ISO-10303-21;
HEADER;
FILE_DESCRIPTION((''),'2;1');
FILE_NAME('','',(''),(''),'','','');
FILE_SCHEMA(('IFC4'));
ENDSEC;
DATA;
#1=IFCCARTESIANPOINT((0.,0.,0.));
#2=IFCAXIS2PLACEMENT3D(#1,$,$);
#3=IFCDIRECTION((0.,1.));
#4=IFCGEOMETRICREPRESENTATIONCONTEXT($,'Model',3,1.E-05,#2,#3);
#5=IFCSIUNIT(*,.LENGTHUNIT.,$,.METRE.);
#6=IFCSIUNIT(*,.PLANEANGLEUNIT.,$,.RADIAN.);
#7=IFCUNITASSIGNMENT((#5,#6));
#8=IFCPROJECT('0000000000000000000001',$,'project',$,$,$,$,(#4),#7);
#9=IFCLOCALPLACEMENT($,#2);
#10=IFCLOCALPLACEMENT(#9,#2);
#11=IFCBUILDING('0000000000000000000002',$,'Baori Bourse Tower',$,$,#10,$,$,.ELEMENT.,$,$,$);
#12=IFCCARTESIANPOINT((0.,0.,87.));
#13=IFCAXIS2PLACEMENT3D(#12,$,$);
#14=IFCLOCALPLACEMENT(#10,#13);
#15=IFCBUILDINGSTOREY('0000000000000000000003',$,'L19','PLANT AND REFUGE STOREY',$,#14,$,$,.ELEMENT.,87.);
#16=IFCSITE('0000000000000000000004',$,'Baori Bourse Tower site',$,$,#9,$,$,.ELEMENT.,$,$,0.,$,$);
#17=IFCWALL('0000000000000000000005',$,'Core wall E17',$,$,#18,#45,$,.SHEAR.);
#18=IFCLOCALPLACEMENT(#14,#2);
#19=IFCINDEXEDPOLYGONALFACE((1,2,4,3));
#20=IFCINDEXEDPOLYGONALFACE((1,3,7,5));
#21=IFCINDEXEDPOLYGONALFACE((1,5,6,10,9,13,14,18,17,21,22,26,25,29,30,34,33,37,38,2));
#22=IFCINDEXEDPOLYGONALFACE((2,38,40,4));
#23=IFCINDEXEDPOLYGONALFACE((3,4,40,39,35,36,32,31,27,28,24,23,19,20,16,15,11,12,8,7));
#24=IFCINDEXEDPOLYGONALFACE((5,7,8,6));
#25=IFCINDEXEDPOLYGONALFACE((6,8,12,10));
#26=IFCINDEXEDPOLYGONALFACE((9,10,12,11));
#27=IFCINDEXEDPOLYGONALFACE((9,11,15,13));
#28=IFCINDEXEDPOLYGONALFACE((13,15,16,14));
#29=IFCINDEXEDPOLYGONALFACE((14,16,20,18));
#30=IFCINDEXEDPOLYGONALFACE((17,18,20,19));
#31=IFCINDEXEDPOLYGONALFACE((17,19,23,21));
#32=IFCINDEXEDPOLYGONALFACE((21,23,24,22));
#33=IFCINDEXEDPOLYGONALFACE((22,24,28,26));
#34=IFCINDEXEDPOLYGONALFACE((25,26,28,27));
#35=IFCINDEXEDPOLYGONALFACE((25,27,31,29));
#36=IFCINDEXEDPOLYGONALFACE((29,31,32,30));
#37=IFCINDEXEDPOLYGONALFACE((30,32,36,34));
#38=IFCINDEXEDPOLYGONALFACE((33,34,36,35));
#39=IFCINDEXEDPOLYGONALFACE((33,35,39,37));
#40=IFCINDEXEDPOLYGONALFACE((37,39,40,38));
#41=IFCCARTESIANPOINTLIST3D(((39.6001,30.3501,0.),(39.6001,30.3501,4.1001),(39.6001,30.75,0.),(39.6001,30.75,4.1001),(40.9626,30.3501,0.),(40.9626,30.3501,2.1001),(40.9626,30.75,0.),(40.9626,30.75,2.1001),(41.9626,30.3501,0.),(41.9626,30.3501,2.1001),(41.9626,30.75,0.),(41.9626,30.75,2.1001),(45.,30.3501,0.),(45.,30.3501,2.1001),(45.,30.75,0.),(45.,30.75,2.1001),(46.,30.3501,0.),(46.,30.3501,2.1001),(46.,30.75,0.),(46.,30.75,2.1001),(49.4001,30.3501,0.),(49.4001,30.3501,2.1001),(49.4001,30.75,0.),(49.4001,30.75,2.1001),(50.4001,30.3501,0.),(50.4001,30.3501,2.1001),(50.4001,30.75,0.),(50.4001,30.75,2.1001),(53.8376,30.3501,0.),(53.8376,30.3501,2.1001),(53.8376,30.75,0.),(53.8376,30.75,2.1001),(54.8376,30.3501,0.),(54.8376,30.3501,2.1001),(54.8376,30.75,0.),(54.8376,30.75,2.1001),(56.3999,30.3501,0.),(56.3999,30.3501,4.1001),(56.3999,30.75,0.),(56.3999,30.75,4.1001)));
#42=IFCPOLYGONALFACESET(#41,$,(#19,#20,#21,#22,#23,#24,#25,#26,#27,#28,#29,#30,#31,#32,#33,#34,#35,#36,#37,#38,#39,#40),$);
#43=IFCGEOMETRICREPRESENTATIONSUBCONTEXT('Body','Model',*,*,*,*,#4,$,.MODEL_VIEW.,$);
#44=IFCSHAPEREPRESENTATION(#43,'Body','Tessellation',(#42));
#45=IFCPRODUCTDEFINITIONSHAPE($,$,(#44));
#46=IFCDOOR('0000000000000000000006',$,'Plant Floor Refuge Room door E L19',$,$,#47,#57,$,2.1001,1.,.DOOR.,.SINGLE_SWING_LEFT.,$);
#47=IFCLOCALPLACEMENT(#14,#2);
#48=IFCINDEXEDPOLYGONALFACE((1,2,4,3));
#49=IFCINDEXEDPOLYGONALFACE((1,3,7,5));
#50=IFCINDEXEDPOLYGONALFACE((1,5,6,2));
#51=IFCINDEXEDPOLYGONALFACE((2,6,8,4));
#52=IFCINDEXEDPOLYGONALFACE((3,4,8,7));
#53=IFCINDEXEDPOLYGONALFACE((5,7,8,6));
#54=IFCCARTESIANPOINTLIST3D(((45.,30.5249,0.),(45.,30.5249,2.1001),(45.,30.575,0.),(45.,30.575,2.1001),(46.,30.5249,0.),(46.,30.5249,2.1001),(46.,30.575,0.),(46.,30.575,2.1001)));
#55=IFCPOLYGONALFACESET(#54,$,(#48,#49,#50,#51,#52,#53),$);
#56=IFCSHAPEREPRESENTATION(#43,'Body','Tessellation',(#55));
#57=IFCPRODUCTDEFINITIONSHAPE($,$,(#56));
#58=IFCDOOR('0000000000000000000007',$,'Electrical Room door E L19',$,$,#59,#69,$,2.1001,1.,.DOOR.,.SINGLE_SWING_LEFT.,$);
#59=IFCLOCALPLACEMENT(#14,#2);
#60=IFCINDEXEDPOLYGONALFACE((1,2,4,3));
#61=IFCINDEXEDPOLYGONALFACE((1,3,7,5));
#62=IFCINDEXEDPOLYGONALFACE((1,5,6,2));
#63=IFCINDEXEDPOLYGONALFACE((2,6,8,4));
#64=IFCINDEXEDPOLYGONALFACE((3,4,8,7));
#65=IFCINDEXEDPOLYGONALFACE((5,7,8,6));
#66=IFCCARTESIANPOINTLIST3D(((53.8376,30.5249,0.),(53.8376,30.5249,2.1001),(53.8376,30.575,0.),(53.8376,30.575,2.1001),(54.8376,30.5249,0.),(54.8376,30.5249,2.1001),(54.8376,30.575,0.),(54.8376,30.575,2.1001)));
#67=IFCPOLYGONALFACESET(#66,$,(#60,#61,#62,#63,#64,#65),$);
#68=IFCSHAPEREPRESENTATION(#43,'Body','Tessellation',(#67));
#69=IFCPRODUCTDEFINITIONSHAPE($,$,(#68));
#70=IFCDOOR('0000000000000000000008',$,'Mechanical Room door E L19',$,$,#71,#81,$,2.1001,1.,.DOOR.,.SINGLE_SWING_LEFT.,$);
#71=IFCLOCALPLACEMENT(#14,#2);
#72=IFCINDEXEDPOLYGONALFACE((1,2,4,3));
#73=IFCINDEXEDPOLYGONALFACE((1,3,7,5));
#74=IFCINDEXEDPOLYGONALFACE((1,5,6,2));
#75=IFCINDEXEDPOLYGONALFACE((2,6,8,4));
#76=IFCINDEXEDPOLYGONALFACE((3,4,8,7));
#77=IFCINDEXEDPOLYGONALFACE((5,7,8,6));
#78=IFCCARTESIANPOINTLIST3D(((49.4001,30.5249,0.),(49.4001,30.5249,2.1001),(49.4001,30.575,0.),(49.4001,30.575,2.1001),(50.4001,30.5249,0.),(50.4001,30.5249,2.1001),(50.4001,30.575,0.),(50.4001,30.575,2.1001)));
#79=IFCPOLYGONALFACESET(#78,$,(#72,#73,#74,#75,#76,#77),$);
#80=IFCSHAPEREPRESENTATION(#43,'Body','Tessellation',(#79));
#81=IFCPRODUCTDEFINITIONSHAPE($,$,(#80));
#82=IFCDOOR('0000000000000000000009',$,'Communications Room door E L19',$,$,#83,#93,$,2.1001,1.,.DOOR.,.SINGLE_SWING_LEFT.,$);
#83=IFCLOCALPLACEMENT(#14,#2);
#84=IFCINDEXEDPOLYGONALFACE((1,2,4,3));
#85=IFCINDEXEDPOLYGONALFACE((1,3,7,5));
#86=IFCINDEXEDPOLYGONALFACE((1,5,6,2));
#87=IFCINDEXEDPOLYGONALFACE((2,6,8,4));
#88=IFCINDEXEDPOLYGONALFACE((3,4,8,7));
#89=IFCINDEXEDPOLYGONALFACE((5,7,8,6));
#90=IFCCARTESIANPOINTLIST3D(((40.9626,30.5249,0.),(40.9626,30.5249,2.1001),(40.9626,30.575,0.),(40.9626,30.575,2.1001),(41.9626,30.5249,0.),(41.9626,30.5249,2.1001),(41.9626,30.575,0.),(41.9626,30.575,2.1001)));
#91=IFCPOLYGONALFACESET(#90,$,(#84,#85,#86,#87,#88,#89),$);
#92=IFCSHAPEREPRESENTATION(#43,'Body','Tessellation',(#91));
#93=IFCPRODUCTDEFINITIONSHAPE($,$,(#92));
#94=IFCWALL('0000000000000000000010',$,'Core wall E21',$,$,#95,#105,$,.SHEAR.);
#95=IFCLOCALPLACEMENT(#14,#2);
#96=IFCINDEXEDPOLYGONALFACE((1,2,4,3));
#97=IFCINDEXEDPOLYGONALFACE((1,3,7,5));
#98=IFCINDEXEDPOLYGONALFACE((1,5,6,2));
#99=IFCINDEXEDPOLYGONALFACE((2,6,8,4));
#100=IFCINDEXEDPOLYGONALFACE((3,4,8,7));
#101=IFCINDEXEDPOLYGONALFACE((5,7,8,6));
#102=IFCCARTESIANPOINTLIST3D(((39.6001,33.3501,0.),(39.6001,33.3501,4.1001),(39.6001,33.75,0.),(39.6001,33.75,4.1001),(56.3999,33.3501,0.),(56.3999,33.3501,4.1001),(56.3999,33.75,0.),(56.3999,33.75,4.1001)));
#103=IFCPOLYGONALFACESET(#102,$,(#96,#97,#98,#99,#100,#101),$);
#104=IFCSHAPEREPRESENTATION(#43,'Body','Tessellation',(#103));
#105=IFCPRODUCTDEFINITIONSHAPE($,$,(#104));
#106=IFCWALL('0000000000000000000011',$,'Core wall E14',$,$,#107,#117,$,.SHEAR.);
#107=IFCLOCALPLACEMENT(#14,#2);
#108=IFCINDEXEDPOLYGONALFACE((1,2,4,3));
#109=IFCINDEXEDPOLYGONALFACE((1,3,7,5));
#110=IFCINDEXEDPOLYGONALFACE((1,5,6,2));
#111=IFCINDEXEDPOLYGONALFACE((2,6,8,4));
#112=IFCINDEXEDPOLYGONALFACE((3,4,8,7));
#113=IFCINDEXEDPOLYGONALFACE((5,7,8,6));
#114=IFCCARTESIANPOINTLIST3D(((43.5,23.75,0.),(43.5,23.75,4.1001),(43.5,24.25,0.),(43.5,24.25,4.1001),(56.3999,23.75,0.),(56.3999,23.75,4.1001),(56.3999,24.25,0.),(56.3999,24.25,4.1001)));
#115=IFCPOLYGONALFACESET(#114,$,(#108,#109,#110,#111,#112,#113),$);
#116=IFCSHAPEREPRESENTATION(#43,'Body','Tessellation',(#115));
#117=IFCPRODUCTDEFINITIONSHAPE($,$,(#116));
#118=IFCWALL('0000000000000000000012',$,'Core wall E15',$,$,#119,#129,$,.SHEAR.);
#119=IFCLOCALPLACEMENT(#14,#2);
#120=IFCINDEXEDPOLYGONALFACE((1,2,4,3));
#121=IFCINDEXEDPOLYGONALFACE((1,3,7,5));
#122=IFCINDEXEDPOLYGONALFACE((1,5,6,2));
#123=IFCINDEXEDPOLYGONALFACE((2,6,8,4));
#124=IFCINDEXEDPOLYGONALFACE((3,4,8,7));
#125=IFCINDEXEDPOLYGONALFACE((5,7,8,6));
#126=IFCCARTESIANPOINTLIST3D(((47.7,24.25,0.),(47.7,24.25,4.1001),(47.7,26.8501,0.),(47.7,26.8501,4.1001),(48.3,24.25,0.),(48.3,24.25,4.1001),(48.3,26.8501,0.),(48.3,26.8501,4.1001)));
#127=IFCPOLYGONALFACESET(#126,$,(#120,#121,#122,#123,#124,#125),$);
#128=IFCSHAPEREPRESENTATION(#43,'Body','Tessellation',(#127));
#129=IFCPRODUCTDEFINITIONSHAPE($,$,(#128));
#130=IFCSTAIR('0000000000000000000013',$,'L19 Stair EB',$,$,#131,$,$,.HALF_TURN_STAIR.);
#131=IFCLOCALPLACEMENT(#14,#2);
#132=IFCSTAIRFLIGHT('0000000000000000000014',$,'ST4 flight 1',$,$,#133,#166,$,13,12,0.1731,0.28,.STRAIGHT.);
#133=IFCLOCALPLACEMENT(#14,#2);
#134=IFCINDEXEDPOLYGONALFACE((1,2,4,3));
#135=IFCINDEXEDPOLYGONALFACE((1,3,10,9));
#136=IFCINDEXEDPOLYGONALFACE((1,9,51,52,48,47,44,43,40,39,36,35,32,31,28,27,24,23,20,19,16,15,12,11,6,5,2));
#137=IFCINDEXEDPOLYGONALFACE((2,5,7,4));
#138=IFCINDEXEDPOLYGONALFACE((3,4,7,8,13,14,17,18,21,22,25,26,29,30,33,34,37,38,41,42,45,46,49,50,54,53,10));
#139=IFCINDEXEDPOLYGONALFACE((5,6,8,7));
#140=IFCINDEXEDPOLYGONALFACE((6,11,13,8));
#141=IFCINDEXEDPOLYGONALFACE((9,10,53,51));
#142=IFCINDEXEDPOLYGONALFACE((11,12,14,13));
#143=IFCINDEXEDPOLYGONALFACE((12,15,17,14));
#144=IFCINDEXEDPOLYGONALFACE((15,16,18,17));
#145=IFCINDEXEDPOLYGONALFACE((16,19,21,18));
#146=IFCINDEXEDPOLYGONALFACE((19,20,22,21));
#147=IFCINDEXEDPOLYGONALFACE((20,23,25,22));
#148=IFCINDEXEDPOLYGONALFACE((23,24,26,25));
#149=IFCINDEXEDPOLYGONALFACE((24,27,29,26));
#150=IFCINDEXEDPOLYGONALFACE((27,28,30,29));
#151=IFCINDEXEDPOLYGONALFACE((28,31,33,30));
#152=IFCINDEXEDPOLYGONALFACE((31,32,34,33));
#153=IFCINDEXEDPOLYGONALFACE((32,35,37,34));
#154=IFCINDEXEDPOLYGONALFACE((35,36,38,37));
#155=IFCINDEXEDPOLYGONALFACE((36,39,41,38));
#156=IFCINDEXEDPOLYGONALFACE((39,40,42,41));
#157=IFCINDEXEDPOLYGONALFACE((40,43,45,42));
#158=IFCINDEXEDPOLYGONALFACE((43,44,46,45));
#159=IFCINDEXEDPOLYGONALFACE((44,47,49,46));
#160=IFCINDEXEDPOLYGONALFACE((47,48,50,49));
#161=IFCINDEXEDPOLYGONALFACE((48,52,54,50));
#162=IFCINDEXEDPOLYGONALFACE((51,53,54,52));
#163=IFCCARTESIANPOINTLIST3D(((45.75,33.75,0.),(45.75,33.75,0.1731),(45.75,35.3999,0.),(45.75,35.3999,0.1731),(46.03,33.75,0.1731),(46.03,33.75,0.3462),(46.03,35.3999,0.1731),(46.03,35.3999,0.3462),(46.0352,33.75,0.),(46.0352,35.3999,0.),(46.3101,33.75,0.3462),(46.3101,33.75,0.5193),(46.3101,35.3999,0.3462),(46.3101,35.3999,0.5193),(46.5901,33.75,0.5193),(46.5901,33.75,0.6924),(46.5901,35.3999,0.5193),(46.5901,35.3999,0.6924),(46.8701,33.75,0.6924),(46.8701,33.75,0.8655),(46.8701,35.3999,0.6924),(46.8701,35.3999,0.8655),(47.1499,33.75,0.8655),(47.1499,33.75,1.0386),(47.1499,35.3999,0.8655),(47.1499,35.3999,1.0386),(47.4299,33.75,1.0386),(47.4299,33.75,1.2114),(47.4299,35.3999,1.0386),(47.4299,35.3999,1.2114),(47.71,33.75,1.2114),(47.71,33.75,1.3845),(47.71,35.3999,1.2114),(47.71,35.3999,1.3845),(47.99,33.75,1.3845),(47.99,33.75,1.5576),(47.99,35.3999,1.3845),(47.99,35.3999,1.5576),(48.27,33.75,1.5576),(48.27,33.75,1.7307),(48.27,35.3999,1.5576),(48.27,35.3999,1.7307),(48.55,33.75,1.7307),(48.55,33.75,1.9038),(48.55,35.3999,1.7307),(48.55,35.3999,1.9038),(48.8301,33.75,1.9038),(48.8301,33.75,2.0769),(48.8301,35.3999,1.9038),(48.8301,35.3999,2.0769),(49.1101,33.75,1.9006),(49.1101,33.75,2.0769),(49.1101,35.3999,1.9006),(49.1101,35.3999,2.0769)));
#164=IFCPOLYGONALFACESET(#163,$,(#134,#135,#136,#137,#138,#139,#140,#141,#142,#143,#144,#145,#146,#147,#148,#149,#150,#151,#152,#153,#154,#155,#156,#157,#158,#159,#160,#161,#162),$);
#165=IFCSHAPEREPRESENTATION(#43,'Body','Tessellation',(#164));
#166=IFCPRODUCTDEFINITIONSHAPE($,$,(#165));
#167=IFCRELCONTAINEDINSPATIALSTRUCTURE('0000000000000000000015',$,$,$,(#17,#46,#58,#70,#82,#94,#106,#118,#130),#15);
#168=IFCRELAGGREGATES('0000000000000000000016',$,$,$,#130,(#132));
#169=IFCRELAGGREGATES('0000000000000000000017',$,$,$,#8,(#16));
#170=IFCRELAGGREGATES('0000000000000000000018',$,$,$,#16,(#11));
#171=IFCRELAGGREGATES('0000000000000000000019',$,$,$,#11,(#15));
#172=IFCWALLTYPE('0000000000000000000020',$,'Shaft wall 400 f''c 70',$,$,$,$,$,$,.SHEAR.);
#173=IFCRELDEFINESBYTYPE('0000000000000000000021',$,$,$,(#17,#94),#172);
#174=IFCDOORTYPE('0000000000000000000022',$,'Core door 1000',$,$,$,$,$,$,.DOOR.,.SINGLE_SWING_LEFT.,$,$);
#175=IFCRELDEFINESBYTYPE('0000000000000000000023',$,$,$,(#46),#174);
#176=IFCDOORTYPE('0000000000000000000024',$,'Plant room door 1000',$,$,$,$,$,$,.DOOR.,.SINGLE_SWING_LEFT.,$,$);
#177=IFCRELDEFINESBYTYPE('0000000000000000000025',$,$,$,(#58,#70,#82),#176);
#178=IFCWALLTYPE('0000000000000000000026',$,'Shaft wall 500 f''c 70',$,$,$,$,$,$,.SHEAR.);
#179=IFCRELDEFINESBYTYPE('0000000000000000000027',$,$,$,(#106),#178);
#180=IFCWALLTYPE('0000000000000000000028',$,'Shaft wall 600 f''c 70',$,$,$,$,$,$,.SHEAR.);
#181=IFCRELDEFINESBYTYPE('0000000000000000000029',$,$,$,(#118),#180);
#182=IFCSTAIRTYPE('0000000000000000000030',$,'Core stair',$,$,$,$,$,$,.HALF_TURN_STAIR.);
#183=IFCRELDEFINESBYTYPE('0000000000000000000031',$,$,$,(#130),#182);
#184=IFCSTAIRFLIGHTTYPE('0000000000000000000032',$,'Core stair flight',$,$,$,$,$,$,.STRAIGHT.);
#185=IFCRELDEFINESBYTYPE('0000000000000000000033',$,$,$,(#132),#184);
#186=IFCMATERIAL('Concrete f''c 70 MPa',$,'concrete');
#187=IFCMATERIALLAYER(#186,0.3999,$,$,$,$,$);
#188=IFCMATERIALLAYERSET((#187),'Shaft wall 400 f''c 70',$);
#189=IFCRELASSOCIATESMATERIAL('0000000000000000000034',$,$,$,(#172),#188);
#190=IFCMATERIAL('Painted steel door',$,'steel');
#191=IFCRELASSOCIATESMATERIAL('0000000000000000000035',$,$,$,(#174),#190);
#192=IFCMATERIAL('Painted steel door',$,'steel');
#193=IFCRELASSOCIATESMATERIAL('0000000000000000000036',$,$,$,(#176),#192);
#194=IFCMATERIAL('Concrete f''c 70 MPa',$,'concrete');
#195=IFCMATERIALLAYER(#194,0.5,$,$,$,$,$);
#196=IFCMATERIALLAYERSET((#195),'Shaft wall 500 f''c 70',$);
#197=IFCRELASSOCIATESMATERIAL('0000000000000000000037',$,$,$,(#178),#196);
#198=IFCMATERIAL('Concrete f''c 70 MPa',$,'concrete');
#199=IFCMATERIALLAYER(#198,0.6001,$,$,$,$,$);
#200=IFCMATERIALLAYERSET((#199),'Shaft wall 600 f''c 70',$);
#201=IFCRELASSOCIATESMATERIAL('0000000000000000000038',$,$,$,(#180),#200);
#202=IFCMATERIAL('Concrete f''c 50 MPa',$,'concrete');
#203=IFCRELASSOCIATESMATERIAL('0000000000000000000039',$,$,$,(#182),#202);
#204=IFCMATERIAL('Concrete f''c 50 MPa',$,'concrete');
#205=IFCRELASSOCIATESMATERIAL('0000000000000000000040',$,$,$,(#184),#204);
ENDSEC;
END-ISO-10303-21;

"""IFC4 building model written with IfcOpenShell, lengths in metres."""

from ifc_helpers import new_model, si_unit, direction, frame, frame_2d, origin, place, context, subcontext, project, spatial, polyline, rectangle, outline, extrude, material, layer, layer_set, type_object, element, fill, aggregate, save


model = new_model("IFC4")

# Units and contexts
model_context = context("Model", 3, precision=1e-05, world=origin(), true_north=direction((0.0, 1.0)))
body_context = subcontext(model_context, "Body", "Model", "MODEL_VIEW")
ifc_project = project(units=[si_unit("LENGTHUNIT", "METRE"), si_unit("PLANEANGLEUNIT", "RADIAN")], contexts=[model_context])

# Site, building, storey
site_placement = place(None, origin())
site = spatial("IfcSite", under=ifc_project, at=site_placement, Name="Baori Bourse Tower site", CompositionType="ELEMENT", RefElevation=0.0)
building_placement = place(site_placement, origin())
building = spatial("IfcBuilding", under=site, at=building_placement, Name="Baori Bourse Tower", CompositionType="ELEMENT")
storey_placement = place(building_placement, frame((0.0, 0.0, 87.0)))
storey = spatial("IfcBuildingStorey", under=building, at=storey_placement, Name="L19", Description="PLANT AND REFUGE STOREY", CompositionType="ELEMENT", Elevation=87.0)

# Shared definitions
ifc_material_1 = material(Name="Concrete f'c 70 MPa", Category="concrete")
ifc_layer_1 = layer(ifc_material_1, 0.3999)
ifc_layer_set_1 = layer_set([ifc_layer_1], Name="Shaft wall 400 f'c 70")
wall_type_1 = type_object("IfcWallType", Name="Shaft wall 400 f'c 70", PredefinedType="SHEAR", material=ifc_layer_set_1)

# Wall, openings, doors
wall_1_placement = place(storey_placement, frame((39.6001, 30.55, 0.0), z_axis=(0.0, 0.0, 1.0), x_axis=(1.0, 0.0, 0.0)))
wall_1 = element("IfcWall", 1, at=wall_1_placement, inside=storey, type_object=wall_type_1, Name="Core wall E17", PredefinedType="SHEAR", context=body_context, shape_type="SweptSolid", body=[
    extrude(rectangle(XDim=16.7998, YDim=0.3999, at=frame_2d((8.3999, 0.0))), origin(), (0.0, 0.0, 1.0), 4.1001),
])
opening_1_placement = place(wall_1_placement, frame((14.2375, 0.0, 0.0)))
opening_1 = element("IfcOpeningElement", 2, at=opening_1_placement, cuts=wall_1, PredefinedType="OPENING", context=body_context, shape_type="SweptSolid", body=[
    extrude(rectangle(XDim=1.0, YDim=2.1001, at=frame_2d((0.5, 1.05))), frame((0.0, 0.21, 0.0), z_axis=(0.0, -1.0, 0.0), x_axis=(1.0, 0.0, 0.0)), (0.0, 0.0, 1.0), 0.4199),
])
opening_2_placement = place(wall_1_placement, frame((9.8, 0.0, 0.0)))
opening_2 = element("IfcOpeningElement", 3, at=opening_2_placement, cuts=wall_1, PredefinedType="OPENING", context=body_context, shape_type="SweptSolid", body=[
    extrude(rectangle(XDim=1.0, YDim=2.1001, at=frame_2d((0.5, 1.05))), frame((0.0, 0.21, 0.0), z_axis=(0.0, -1.0, 0.0), x_axis=(1.0, 0.0, 0.0)), (0.0, 0.0, 1.0), 0.4199),
])
opening_3_placement = place(wall_1_placement, frame((5.3999, 0.0, 0.0)))
opening_3 = element("IfcOpeningElement", 4, at=opening_3_placement, cuts=wall_1, PredefinedType="OPENING", context=body_context, shape_type="SweptSolid", body=[
    extrude(rectangle(XDim=1.0, YDim=2.1001, at=frame_2d((0.5, 1.05))), frame((0.0, 0.21, 0.0), z_axis=(0.0, -1.0, 0.0), x_axis=(1.0, 0.0, 0.0)), (0.0, 0.0, 1.0), 0.4199),
])
opening_4_placement = place(wall_1_placement, frame((1.3625, 0.0, 0.0)))
opening_4 = element("IfcOpeningElement", 5, at=opening_4_placement, cuts=wall_1, PredefinedType="OPENING", context=body_context, shape_type="SweptSolid", body=[
    extrude(rectangle(XDim=1.0, YDim=2.1001, at=frame_2d((0.5, 1.05))), frame((0.0, 0.21, 0.0), z_axis=(0.0, -1.0, 0.0), x_axis=(1.0, 0.0, 0.0)), (0.0, 0.0, 1.0), 0.4199),
])
ifc_material_2 = material(Name="Painted steel door", Category="steel")
door_type_1 = type_object("IfcDoorType", Name="Core door 1000", OperationType="SINGLE_SWING_LEFT", PredefinedType="DOOR", material=ifc_material_2)
door_1_placement = place(opening_3_placement, origin())
door_1 = element("IfcDoor", 6, at=door_1_placement, inside=storey, type_object=door_type_1, Name="Plant Floor Refuge Room door E L19", OperationType="SINGLE_SWING_LEFT", OverallHeight=2.1001, OverallWidth=1.0, PredefinedType="DOOR", context=body_context, shape_type="SweptSolid", body=[
    extrude(rectangle(XDim=1.0, YDim=2.1001, at=frame_2d((0.5, 1.05))), frame((0.0, 0.0249, 0.0), z_axis=(0.0, -1.0, 0.0), x_axis=(1.0, 0.0, 0.0)), (0.0, 0.0, 1.0), 0.05),
])
fill(opening_3, door_1)
ifc_material_3 = material(Name="Painted steel door", Category="steel")
door_type_2 = type_object("IfcDoorType", Name="Plant room door 1000", OperationType="SINGLE_SWING_LEFT", PredefinedType="DOOR", material=ifc_material_3)
door_2_placement = place(opening_1_placement, origin())
door_2 = element("IfcDoor", 7, at=door_2_placement, inside=storey, type_object=door_type_2, Name="Electrical Room door E L19", OperationType="SINGLE_SWING_LEFT", OverallHeight=2.1001, OverallWidth=1.0, PredefinedType="DOOR", context=body_context, shape_type="SweptSolid", body=[
    extrude(rectangle(XDim=1.0, YDim=2.1001, at=frame_2d((0.5, 1.05))), frame((0.0, 0.0249, 0.0), z_axis=(0.0, -1.0, 0.0), x_axis=(1.0, 0.0, 0.0)), (0.0, 0.0, 1.0), 0.05),
])
fill(opening_1, door_2)
door_3_placement = place(opening_2_placement, origin())
door_3 = element("IfcDoor", 8, at=door_3_placement, inside=storey, type_object=door_type_2, Name="Mechanical Room door E L19", OperationType="SINGLE_SWING_LEFT", OverallHeight=2.1001, OverallWidth=1.0, PredefinedType="DOOR", context=body_context, shape_type="SweptSolid", body=[
    extrude(rectangle(XDim=1.0, YDim=2.1001, at=frame_2d((0.5, 1.05))), frame((0.0, 0.0249, 0.0), z_axis=(0.0, -1.0, 0.0), x_axis=(1.0, 0.0, 0.0)), (0.0, 0.0, 1.0), 0.05),
])
fill(opening_2, door_3)
door_4_placement = place(opening_4_placement, origin())
door_4 = element("IfcDoor", 9, at=door_4_placement, inside=storey, type_object=door_type_2, Name="Communications Room door E L19", OperationType="SINGLE_SWING_LEFT", OverallHeight=2.1001, OverallWidth=1.0, PredefinedType="DOOR", context=body_context, shape_type="SweptSolid", body=[
    extrude(rectangle(XDim=1.0, YDim=2.1001, at=frame_2d((0.5, 1.05))), frame((0.0, 0.0249, 0.0), z_axis=(0.0, -1.0, 0.0), x_axis=(1.0, 0.0, 0.0)), (0.0, 0.0, 1.0), 0.05),
])
fill(opening_4, door_4)

# Walls
wall_2_placement = place(storey_placement, frame((39.6001, 33.55, 0.0), z_axis=(0.0, 0.0, 1.0), x_axis=(1.0, 0.0, 0.0)))
element("IfcWall", 10, at=wall_2_placement, inside=storey, type_object=wall_type_1, Name="Core wall E21", PredefinedType="SHEAR", context=body_context, shape_type="SweptSolid", body=[
    extrude(rectangle(XDim=16.7998, YDim=0.3999, at=frame_2d((8.3999, 0.0))), origin(), (0.0, 0.0, 1.0), 4.1001),
])
ifc_material_4 = material(Name="Concrete f'c 70 MPa", Category="concrete")
ifc_layer_2 = layer(ifc_material_4, 0.5)
ifc_layer_set_2 = layer_set([ifc_layer_2], Name="Shaft wall 500 f'c 70")
wall_type_2 = type_object("IfcWallType", Name="Shaft wall 500 f'c 70", PredefinedType="SHEAR", material=ifc_layer_set_2)
wall_3_placement = place(storey_placement, frame((43.5, 24.0, 0.0), z_axis=(0.0, 0.0, 1.0), x_axis=(1.0, 0.0, 0.0)))
element("IfcWall", 11, at=wall_3_placement, inside=storey, type_object=wall_type_2, Name="Core wall E14", PredefinedType="SHEAR", context=body_context, shape_type="SweptSolid", body=[
    extrude(rectangle(XDim=12.8999, YDim=0.5, at=frame_2d((6.45, 0.0))), origin(), (0.0, 0.0, 1.0), 4.1001),
])
ifc_material_5 = material(Name="Concrete f'c 70 MPa", Category="concrete")
ifc_layer_3 = layer(ifc_material_5, 0.6001)
ifc_layer_set_3 = layer_set([ifc_layer_3], Name="Shaft wall 600 f'c 70")
wall_type_3 = type_object("IfcWallType", Name="Shaft wall 600 f'c 70", PredefinedType="SHEAR", material=ifc_layer_set_3)
wall_4_placement = place(storey_placement, frame((48.0, 24.25, 0.0), z_axis=(0.0, 0.0, 1.0), x_axis=(0.0, 1.0, 0.0)))
element("IfcWall", 12, at=wall_4_placement, inside=storey, type_object=wall_type_3, Name="Core wall E15", PredefinedType="SHEAR", context=body_context, shape_type="SweptSolid", body=[
    extrude(rectangle(XDim=2.6001, YDim=0.6001, at=frame_2d((1.3, 0.0))), origin(), (0.0, 0.0, 1.0), 4.1001),
])

# Stair, stair flight
ifc_material_6 = material(Name="Concrete f'c 50 MPa", Category="concrete")
stair_type = type_object("IfcStairType", Name="Core stair", PredefinedType="HALF_TURN_STAIR", material=ifc_material_6)
stair_placement = place(storey_placement, origin())
stair = element("IfcStair", 13, at=stair_placement, inside=storey, type_object=stair_type, Name="L19 Stair EB", PredefinedType="HALF_TURN_STAIR")
ifc_material_7 = material(Name="Concrete f'c 50 MPa", Category="concrete")
stair_flight_type = type_object("IfcStairFlightType", Name="Core stair flight", PredefinedType="STRAIGHT", material=ifc_material_7)
stair_flight_1_placement = place(storey_placement, frame((45.75, 34.575, 0.0), z_axis=(0.0, 0.0, 1.0), x_axis=(1.0, 0.0, 0.0)))
stair_flight_1 = element("IfcStairFlight", 14, at=stair_flight_1_placement, type_object=stair_flight_type, Name="ST4 flight 1", NumberOfRisers=13, NumberOfTreads=12, PredefinedType="STRAIGHT", RiserHeight=0.1731, TreadLength=0.28, context=body_context, shape_type="SweptSolid", body=[
    extrude(outline(polyline([(0.0, 0.0), (0.0, 0.1731), (0.28, 0.1731), (0.28, 0.3462), (0.5601, 0.3462), (0.5601, 0.5193), (0.8401, 0.5193), (0.8401, 0.6924), (1.1201, 0.6924), (1.1201, 0.8655), (1.3999, 0.8655), (1.3999, 1.0386), (1.6799, 1.0386), (1.6799, 1.2114), (1.96, 1.2114), (1.96, 1.3845), (2.24, 1.3845), (2.24, 1.5576), (2.52, 1.5576), (2.52, 1.7307), (2.8, 1.7307), (2.8, 1.9038), (3.0801, 1.9038), (3.0801, 2.0769), (3.3601, 2.0769), (3.3601, 2.25), (3.3601, 1.9006), (0.2852, 0.0), (0.0, 0.0)])), frame((0.0, 0.825, 0.0), z_axis=(0.0, -1.0, 0.0), x_axis=(1.0, 0.0, 0.0)), (0.0, 0.0, 1.0), 1.6499),
])
aggregate(stair, [stair_flight_1])

save(model, "model.ifc")
